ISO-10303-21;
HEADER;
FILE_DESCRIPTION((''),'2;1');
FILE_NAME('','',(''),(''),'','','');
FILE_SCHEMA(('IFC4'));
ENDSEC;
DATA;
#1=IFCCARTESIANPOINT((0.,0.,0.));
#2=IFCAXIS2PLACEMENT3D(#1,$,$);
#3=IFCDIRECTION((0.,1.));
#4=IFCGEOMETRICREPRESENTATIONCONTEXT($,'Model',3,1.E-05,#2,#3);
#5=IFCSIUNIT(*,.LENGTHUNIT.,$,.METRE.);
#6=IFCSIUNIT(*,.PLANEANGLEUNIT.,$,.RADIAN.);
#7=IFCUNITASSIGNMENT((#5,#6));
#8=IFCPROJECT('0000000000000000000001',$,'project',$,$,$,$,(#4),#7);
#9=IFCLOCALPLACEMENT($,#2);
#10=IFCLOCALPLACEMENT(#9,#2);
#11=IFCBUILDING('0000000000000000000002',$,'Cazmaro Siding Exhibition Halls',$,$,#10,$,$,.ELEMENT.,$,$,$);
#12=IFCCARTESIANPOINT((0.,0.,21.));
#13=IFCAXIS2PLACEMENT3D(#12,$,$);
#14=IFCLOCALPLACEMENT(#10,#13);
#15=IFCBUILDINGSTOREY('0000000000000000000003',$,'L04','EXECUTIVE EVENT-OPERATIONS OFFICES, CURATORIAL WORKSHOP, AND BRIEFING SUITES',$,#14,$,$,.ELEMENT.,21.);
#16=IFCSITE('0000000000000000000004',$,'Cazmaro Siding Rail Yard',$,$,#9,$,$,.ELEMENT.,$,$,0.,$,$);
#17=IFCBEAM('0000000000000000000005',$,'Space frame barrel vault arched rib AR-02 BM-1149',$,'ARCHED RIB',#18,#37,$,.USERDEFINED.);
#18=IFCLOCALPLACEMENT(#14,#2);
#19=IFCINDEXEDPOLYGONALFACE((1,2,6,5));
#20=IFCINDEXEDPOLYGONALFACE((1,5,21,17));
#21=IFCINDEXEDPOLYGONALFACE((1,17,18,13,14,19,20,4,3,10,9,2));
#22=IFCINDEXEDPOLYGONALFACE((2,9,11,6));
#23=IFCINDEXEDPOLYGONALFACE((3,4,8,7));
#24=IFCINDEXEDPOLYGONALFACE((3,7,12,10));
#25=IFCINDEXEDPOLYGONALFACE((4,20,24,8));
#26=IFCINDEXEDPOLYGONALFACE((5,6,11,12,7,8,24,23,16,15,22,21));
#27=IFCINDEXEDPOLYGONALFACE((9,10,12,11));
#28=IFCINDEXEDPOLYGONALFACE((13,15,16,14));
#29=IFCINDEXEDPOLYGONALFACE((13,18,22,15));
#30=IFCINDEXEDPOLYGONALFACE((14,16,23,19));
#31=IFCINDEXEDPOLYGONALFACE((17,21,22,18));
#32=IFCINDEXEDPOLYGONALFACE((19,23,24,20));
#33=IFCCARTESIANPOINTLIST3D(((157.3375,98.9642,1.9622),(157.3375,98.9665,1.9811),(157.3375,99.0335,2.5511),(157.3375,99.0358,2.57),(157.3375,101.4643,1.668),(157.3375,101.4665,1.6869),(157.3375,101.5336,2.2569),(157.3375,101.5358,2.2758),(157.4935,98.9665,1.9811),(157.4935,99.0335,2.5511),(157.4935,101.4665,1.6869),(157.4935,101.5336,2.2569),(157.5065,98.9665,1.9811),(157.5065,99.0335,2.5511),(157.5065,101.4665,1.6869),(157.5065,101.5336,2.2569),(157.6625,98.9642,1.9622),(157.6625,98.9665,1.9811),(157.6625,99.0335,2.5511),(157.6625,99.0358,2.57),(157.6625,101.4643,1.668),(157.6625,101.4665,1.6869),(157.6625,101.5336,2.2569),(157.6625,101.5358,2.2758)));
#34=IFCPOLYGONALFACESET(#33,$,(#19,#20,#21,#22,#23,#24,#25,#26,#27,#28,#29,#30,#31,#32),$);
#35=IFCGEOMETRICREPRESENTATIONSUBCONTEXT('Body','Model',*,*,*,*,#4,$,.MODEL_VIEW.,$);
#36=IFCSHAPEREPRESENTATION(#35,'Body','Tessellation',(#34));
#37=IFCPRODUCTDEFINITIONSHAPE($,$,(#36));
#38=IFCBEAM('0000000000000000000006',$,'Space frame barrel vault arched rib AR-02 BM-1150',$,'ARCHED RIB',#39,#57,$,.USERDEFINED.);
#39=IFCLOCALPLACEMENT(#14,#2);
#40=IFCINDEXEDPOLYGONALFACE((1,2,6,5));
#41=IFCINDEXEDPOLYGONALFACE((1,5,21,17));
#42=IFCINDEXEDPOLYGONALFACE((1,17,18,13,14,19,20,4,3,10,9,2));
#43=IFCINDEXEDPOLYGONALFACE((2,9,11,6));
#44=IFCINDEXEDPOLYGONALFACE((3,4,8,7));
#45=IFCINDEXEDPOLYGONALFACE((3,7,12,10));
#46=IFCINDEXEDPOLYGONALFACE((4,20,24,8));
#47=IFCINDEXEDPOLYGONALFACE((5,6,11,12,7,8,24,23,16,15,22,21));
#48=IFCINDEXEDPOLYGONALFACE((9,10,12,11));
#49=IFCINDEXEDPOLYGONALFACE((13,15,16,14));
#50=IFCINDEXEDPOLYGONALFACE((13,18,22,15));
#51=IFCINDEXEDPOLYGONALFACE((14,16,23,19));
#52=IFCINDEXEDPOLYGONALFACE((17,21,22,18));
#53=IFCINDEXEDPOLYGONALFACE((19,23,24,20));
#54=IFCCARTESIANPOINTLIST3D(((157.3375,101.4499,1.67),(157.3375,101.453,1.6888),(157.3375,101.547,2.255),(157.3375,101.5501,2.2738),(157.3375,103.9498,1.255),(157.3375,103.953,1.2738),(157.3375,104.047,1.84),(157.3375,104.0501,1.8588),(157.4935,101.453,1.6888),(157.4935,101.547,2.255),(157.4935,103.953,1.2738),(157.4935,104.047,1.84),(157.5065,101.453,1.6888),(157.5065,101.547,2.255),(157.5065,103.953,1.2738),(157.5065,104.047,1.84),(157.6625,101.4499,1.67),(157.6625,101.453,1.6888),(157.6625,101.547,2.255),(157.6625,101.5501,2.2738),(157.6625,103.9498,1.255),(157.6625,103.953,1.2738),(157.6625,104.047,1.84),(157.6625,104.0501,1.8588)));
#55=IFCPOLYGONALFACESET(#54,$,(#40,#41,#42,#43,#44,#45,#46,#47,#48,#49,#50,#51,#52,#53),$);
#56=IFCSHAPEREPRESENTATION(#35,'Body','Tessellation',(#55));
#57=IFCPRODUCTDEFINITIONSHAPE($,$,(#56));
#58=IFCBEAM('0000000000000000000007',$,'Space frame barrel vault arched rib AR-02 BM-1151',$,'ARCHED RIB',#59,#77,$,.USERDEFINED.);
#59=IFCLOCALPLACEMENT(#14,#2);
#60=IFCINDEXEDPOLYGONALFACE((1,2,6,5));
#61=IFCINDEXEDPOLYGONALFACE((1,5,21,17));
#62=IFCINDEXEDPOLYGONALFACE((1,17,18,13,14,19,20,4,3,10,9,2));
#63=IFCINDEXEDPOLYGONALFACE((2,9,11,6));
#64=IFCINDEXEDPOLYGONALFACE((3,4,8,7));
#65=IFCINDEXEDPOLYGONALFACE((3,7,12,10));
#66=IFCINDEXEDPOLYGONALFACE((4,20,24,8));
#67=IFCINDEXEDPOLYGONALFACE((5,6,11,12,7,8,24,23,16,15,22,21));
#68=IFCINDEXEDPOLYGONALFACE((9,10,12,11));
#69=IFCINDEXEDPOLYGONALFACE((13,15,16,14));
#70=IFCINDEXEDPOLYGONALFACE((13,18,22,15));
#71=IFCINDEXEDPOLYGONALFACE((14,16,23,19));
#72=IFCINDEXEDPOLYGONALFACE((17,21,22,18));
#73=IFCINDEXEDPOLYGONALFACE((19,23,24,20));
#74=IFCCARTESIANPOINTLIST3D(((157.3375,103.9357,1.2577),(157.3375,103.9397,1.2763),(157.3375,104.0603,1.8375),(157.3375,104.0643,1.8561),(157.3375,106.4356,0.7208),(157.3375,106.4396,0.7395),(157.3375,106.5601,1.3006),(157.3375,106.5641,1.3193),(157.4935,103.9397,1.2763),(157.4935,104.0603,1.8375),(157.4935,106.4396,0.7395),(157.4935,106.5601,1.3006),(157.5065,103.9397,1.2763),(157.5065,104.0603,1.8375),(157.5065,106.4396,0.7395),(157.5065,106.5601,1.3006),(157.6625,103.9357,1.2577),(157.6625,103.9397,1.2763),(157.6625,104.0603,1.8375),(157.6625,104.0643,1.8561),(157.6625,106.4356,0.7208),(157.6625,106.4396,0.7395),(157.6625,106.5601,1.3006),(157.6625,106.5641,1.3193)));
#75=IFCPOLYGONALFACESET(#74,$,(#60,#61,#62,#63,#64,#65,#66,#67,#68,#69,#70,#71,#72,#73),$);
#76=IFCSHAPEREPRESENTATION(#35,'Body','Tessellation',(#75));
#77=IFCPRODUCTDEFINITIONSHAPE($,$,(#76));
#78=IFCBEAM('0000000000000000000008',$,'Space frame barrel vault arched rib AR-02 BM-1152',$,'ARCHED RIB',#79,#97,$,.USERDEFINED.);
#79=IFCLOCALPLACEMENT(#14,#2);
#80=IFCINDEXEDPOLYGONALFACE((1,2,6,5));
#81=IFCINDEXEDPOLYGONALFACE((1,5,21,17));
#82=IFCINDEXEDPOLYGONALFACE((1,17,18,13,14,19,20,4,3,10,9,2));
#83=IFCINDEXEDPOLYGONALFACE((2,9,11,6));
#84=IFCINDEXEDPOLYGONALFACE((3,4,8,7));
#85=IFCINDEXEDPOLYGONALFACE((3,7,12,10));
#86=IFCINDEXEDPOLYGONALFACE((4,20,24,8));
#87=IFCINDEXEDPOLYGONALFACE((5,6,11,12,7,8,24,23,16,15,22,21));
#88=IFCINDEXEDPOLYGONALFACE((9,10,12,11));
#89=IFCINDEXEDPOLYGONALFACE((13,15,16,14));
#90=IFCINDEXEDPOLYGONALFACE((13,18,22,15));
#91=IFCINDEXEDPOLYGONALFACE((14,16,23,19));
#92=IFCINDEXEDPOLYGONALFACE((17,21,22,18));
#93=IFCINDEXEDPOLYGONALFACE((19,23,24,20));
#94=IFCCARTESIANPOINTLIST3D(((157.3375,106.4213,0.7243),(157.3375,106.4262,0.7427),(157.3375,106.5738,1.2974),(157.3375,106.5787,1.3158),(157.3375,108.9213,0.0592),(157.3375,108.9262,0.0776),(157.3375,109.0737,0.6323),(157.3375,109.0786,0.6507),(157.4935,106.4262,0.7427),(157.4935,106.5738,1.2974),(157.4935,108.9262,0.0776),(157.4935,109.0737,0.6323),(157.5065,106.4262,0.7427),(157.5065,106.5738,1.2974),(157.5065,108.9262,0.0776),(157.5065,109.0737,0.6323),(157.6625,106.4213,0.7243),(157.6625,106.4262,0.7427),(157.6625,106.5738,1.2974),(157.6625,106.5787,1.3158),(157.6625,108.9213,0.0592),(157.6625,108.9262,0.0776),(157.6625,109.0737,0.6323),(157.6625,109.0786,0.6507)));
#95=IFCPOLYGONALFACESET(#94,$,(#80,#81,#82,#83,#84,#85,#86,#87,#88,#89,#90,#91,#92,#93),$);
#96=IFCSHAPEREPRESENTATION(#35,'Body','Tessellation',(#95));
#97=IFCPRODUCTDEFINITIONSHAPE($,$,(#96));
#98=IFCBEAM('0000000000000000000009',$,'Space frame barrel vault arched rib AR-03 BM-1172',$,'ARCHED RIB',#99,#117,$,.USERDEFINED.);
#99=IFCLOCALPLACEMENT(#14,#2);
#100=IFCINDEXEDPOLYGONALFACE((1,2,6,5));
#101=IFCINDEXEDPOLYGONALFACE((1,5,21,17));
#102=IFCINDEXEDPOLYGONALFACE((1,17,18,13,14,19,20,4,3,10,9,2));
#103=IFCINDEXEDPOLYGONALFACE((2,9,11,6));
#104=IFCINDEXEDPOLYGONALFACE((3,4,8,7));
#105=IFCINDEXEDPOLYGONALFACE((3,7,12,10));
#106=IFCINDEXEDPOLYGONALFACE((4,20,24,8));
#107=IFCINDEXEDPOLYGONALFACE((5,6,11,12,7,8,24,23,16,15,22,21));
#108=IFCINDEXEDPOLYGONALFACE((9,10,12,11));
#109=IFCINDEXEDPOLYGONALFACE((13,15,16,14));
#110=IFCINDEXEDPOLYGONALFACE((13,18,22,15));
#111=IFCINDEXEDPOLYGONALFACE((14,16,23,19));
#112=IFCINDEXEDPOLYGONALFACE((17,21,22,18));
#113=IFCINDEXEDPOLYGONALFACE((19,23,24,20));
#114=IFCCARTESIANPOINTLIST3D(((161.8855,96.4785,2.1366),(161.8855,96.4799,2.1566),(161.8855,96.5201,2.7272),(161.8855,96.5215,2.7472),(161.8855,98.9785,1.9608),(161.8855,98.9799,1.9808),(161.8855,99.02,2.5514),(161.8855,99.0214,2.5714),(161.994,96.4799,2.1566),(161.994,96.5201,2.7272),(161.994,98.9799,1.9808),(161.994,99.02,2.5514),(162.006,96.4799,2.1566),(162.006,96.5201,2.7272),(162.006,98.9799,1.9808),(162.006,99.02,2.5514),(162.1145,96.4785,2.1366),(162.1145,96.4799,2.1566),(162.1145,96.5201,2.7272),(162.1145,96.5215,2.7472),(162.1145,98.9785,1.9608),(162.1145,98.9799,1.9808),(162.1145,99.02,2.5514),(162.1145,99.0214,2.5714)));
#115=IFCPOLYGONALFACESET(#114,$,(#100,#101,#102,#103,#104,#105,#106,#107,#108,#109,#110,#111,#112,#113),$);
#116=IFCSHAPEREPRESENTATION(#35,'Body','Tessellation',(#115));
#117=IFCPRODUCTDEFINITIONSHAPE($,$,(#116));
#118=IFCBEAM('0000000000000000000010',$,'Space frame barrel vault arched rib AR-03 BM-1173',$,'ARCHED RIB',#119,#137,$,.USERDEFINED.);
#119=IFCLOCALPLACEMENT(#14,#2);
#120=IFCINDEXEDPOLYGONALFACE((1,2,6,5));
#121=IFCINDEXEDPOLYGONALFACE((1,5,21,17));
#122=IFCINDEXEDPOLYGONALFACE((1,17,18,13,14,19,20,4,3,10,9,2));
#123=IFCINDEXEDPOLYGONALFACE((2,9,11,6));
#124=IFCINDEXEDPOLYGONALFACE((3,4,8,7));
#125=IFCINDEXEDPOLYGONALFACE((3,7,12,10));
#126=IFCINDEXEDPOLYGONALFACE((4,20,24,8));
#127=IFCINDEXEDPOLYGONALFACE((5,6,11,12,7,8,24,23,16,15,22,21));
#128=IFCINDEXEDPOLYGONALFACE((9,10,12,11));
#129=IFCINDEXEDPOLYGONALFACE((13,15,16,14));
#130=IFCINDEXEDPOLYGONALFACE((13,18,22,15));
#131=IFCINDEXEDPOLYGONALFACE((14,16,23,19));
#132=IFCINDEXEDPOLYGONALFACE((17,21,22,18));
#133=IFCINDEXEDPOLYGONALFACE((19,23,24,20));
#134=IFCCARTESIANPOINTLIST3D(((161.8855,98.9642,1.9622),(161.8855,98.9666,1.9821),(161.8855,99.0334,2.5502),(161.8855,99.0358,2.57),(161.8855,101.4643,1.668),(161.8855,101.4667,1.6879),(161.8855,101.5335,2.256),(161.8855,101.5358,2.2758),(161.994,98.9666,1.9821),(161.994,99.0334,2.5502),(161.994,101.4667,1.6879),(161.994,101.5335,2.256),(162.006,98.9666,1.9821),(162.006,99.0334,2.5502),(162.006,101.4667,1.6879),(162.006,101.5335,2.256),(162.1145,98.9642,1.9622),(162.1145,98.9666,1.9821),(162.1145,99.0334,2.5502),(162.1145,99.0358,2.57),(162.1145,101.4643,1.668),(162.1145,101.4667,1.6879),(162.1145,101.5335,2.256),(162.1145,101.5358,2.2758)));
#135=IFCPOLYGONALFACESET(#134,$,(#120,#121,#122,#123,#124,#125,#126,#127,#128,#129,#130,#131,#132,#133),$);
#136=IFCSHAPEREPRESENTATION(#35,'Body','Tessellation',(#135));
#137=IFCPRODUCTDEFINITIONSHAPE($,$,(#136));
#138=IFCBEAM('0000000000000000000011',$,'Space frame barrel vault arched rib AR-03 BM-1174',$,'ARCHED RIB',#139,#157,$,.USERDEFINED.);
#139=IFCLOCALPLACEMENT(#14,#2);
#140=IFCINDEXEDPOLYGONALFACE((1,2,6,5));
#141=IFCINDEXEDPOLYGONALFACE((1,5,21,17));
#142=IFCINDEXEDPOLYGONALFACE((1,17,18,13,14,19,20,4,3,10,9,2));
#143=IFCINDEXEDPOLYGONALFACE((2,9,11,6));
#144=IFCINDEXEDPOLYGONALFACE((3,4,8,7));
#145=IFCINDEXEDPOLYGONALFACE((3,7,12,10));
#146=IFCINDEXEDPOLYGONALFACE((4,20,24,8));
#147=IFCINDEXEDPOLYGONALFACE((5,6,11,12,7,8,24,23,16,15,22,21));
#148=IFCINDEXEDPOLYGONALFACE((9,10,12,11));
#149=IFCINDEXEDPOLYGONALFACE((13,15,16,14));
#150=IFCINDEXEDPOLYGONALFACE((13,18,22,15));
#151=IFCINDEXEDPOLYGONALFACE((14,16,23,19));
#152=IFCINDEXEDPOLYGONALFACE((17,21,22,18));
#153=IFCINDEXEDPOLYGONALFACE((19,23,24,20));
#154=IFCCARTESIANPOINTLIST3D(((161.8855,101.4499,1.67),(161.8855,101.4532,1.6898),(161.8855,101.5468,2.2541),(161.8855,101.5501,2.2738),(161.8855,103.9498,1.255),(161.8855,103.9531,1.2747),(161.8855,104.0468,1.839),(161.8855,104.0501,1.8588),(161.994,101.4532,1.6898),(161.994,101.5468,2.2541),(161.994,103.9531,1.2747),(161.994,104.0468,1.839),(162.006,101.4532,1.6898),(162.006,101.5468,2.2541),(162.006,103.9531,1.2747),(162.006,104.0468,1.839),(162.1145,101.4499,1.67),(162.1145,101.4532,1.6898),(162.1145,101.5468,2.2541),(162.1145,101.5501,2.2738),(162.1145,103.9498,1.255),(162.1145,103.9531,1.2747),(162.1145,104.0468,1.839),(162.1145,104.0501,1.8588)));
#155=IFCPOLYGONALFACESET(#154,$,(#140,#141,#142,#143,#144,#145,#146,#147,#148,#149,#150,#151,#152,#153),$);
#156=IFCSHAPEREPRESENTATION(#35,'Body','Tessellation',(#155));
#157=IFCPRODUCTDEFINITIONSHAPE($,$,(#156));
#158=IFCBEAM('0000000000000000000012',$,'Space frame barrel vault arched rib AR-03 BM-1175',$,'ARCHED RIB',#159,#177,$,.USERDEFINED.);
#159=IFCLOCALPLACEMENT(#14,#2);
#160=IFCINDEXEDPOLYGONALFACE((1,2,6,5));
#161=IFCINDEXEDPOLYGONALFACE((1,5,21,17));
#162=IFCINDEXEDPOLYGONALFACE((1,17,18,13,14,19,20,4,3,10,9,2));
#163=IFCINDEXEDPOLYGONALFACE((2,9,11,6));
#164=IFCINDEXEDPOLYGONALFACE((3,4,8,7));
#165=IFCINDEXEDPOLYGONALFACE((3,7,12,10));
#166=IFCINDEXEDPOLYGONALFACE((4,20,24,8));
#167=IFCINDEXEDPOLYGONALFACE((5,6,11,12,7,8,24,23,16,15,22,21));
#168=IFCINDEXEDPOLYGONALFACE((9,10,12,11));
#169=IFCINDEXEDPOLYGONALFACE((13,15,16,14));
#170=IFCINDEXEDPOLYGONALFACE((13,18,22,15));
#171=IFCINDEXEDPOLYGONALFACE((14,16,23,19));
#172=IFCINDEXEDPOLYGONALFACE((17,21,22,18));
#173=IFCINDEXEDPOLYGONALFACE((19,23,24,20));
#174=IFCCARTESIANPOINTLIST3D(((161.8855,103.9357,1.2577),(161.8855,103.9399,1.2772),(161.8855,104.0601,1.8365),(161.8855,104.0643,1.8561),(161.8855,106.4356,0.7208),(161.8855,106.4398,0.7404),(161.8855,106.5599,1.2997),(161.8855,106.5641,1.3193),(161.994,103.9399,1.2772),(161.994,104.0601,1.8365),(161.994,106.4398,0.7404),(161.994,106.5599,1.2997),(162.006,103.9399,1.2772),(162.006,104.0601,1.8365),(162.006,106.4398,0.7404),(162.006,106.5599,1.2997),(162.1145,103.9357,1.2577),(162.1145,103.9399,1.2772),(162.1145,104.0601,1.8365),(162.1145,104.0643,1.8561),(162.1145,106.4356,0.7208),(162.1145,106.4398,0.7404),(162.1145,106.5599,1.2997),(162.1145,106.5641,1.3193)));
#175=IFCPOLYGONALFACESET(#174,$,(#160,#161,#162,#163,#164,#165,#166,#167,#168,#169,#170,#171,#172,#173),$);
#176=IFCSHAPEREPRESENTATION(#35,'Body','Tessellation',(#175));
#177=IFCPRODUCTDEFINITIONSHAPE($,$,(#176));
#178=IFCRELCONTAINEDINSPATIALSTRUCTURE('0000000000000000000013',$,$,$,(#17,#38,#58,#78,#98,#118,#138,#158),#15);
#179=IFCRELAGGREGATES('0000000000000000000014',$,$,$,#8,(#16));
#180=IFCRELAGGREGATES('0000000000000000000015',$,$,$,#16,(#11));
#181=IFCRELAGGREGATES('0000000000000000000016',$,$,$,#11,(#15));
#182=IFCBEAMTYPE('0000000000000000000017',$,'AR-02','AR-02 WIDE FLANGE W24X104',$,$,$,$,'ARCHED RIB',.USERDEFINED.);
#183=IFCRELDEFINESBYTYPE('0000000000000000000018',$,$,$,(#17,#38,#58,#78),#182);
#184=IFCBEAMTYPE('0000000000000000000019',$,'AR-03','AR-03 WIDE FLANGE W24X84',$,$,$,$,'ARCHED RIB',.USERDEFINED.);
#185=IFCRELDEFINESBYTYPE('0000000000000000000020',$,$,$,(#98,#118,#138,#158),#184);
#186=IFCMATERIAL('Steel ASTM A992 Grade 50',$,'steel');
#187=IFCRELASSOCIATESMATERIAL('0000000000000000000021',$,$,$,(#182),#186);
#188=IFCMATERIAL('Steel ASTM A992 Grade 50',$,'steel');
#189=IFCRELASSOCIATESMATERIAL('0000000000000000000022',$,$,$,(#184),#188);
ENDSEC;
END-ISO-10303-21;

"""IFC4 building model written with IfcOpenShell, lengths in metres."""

from ifc_helpers import new_model, si_unit, direction, frame, origin, origin_2d, place, context, subcontext, project, spatial, i_section, extrude, material, material_profile, profile_set, type_object, element, save


model = new_model("IFC4")

# Units and contexts
model_context = context("Model", 3, precision=1e-05, world=origin(), true_north=direction((0.0, 1.0)))
body_context = subcontext(model_context, "Body", "Model", "MODEL_VIEW")
ifc_project = project(units=[si_unit("LENGTHUNIT", "METRE"), si_unit("PLANEANGLEUNIT", "RADIAN")], contexts=[model_context])

# Site, building, storey
site_placement = place(None, origin())
site = spatial("IfcSite", under=ifc_project, at=site_placement, Name="Cazmaro Siding Rail Yard", CompositionType="ELEMENT", RefElevation=0.0)
building_placement = place(site_placement, origin())
building = spatial("IfcBuilding", under=site, at=building_placement, Name="Cazmaro Siding Exhibition Halls", CompositionType="ELEMENT")
storey_placement = place(building_placement, frame((0.0, 0.0, 21.0)))
storey = spatial("IfcBuildingStorey", under=building, at=storey_placement, Name="L04", Description="EXECUTIVE EVENT-OPERATIONS OFFICES, CURATORIAL WORKSHOP, AND BRIEFING SUITES", CompositionType="ELEMENT", Elevation=21.0)

# Beams
ifc_material_1 = material(Name="Steel ASTM A992 Grade 50", Category="steel")
ifc_material_profile_1 = material_profile(ifc_material_1, i_section(OverallWidth=0.325, OverallDepth=0.6121, WebThickness=0.0129, FlangeThickness=0.019, at=origin_2d()), Name="W24X104")
ifc_profile_set_1 = profile_set([ifc_material_profile_1], Name="Steel ASTM A992 Grade 50")
beam_type_1 = type_object("IfcBeamType", Name="AR-02", Description="AR-02 WIDE FLANGE W24X104", ElementType="ARCHED RIB", PredefinedType="USERDEFINED", material=ifc_profile_set_1)
beam_1_placement = place(storey_placement, frame((157.5, 99.0, 2.2661), z_axis=(0.0, 0.993147, -0.116869), x_axis=(-1.0, 0.0, 0.0)))
element("IfcBeam", 1, at=beam_1_placement, inside=storey, type_object=beam_type_1, Name="Space frame barrel vault arched rib AR-02 BM-1149", ObjectType="ARCHED RIB", PredefinedType="USERDEFINED", context=body_context, shape_type="SweptSolid", body=[
    extrude(i_section(OverallWidth=0.325, OverallDepth=0.6121, WebThickness=0.0129, FlangeThickness=0.019, at=origin_2d()), origin(), (0.0, 0.0, 1.0), 2.5173),
])
beam_2_placement = place(storey_placement, frame((157.5, 101.5, 1.9719), z_axis=(0.0, 0.986498, -0.163774), x_axis=(-1.0, 0.0, 0.0)))
element("IfcBeam", 2, at=beam_2_placement, inside=storey, type_object=beam_type_1, Name="Space frame barrel vault arched rib AR-02 BM-1150", ObjectType="ARCHED RIB", PredefinedType="USERDEFINED", context=body_context, shape_type="SweptSolid", body=[
    extrude(i_section(OverallWidth=0.325, OverallDepth=0.6121, WebThickness=0.0129, FlangeThickness=0.019, at=origin_2d()), origin(), (0.0, 0.0, 1.0), 2.5342),
])
beam_3_placement = place(storey_placement, frame((157.5, 104.0, 1.5569), z_axis=(0.0, 0.97771, -0.209959), x_axis=(-1.0, 0.0, 0.0)))
element("IfcBeam", 3, at=beam_3_placement, inside=storey, type_object=beam_type_1, Name="Space frame barrel vault arched rib AR-02 BM-1151", ObjectType="ARCHED RIB", PredefinedType="USERDEFINED", context=body_context, shape_type="SweptSolid", body=[
    extrude(i_section(OverallWidth=0.325, OverallDepth=0.6121, WebThickness=0.0129, FlangeThickness=0.019, at=origin_2d()), origin(), (0.0, 0.0, 1.0), 2.5569),
])
beam_4_placement = place(storey_placement, frame((157.5, 106.5, 1.02), z_axis=(0.0, 0.966391, -0.257075), x_axis=(-1.0, 0.0, 0.0)))
element("IfcBeam", 4, at=beam_4_placement, inside=storey, type_object=beam_type_1, Name="Space frame barrel vault arched rib AR-02 BM-1152", ObjectType="ARCHED RIB", PredefinedType="USERDEFINED", context=body_context, shape_type="SweptSolid", body=[
    extrude(i_section(OverallWidth=0.325, OverallDepth=0.6121, WebThickness=0.0129, FlangeThickness=0.019, at=origin_2d()), origin(), (0.0, 0.0, 1.0), 2.5869),
])
ifc_material_2 = material(Name="Steel ASTM A992 Grade 50", Category="steel")
ifc_material_profile_2 = material_profile(ifc_material_2, i_section(OverallWidth=0.229, OverallDepth=0.6121, WebThickness=0.012, FlangeThickness=0.02, at=origin_2d()), Name="W24X84")
ifc_profile_set_2 = profile_set([ifc_material_profile_2], Name="Steel ASTM A992 Grade 50")
beam_type_2 = type_object("IfcBeamType", Name="AR-03", Description="AR-03 WIDE FLANGE W24X84", ElementType="ARCHED RIB", PredefinedType="USERDEFINED", material=ifc_profile_set_2)
beam_5_placement = place(storey_placement, frame((162.0, 96.5, 2.4419), z_axis=(0.0, 0.997537, -0.070139), x_axis=(-1.0, 0.0, 0.0)))
element("IfcBeam", 5, at=beam_5_placement, inside=storey, type_object=beam_type_2, Name="Space frame barrel vault arched rib AR-03 BM-1172", ObjectType="ARCHED RIB", PredefinedType="USERDEFINED", context=body_context, shape_type="SweptSolid", body=[
    extrude(i_section(OverallWidth=0.229, OverallDepth=0.6121, WebThickness=0.012, FlangeThickness=0.02, at=origin_2d()), origin(), (0.0, 0.0, 1.0), 2.5061),
])
beam_6_placement = place(storey_placement, frame((162.0, 99.0, 2.2661), z_axis=(0.0, 0.993147, -0.116869), x_axis=(-1.0, 0.0, 0.0)))
element("IfcBeam", 6, at=beam_6_placement, inside=storey, type_object=beam_type_2, Name="Space frame barrel vault arched rib AR-03 BM-1173", ObjectType="ARCHED RIB", PredefinedType="USERDEFINED", context=body_context, shape_type="SweptSolid", body=[
    extrude(i_section(OverallWidth=0.229, OverallDepth=0.6121, WebThickness=0.012, FlangeThickness=0.02, at=origin_2d()), origin(), (0.0, 0.0, 1.0), 2.5173),
])
beam_7_placement = place(storey_placement, frame((162.0, 101.5, 1.9719), z_axis=(0.0, 0.986498, -0.163774), x_axis=(-1.0, 0.0, 0.0)))
element("IfcBeam", 7, at=beam_7_placement, inside=storey, type_object=beam_type_2, Name="Space frame barrel vault arched rib AR-03 BM-1174", ObjectType="ARCHED RIB", PredefinedType="USERDEFINED", context=body_context, shape_type="SweptSolid", body=[
    extrude(i_section(OverallWidth=0.229, OverallDepth=0.6121, WebThickness=0.012, FlangeThickness=0.02, at=origin_2d()), origin(), (0.0, 0.0, 1.0), 2.5342),
])
beam_8_placement = place(storey_placement, frame((162.0, 104.0, 1.5569), z_axis=(0.0, 0.97771, -0.209959), x_axis=(-1.0, 0.0, 0.0)))
element("IfcBeam", 8, at=beam_8_placement, inside=storey, type_object=beam_type_2, Name="Space frame barrel vault arched rib AR-03 BM-1175", ObjectType="ARCHED RIB", PredefinedType="USERDEFINED", context=body_context, shape_type="SweptSolid", body=[
    extrude(i_section(OverallWidth=0.229, OverallDepth=0.6121, WebThickness=0.012, FlangeThickness=0.02, at=origin_2d()), origin(), (0.0, 0.0, 1.0), 2.5569),
])

save(model, "model.ifc")
